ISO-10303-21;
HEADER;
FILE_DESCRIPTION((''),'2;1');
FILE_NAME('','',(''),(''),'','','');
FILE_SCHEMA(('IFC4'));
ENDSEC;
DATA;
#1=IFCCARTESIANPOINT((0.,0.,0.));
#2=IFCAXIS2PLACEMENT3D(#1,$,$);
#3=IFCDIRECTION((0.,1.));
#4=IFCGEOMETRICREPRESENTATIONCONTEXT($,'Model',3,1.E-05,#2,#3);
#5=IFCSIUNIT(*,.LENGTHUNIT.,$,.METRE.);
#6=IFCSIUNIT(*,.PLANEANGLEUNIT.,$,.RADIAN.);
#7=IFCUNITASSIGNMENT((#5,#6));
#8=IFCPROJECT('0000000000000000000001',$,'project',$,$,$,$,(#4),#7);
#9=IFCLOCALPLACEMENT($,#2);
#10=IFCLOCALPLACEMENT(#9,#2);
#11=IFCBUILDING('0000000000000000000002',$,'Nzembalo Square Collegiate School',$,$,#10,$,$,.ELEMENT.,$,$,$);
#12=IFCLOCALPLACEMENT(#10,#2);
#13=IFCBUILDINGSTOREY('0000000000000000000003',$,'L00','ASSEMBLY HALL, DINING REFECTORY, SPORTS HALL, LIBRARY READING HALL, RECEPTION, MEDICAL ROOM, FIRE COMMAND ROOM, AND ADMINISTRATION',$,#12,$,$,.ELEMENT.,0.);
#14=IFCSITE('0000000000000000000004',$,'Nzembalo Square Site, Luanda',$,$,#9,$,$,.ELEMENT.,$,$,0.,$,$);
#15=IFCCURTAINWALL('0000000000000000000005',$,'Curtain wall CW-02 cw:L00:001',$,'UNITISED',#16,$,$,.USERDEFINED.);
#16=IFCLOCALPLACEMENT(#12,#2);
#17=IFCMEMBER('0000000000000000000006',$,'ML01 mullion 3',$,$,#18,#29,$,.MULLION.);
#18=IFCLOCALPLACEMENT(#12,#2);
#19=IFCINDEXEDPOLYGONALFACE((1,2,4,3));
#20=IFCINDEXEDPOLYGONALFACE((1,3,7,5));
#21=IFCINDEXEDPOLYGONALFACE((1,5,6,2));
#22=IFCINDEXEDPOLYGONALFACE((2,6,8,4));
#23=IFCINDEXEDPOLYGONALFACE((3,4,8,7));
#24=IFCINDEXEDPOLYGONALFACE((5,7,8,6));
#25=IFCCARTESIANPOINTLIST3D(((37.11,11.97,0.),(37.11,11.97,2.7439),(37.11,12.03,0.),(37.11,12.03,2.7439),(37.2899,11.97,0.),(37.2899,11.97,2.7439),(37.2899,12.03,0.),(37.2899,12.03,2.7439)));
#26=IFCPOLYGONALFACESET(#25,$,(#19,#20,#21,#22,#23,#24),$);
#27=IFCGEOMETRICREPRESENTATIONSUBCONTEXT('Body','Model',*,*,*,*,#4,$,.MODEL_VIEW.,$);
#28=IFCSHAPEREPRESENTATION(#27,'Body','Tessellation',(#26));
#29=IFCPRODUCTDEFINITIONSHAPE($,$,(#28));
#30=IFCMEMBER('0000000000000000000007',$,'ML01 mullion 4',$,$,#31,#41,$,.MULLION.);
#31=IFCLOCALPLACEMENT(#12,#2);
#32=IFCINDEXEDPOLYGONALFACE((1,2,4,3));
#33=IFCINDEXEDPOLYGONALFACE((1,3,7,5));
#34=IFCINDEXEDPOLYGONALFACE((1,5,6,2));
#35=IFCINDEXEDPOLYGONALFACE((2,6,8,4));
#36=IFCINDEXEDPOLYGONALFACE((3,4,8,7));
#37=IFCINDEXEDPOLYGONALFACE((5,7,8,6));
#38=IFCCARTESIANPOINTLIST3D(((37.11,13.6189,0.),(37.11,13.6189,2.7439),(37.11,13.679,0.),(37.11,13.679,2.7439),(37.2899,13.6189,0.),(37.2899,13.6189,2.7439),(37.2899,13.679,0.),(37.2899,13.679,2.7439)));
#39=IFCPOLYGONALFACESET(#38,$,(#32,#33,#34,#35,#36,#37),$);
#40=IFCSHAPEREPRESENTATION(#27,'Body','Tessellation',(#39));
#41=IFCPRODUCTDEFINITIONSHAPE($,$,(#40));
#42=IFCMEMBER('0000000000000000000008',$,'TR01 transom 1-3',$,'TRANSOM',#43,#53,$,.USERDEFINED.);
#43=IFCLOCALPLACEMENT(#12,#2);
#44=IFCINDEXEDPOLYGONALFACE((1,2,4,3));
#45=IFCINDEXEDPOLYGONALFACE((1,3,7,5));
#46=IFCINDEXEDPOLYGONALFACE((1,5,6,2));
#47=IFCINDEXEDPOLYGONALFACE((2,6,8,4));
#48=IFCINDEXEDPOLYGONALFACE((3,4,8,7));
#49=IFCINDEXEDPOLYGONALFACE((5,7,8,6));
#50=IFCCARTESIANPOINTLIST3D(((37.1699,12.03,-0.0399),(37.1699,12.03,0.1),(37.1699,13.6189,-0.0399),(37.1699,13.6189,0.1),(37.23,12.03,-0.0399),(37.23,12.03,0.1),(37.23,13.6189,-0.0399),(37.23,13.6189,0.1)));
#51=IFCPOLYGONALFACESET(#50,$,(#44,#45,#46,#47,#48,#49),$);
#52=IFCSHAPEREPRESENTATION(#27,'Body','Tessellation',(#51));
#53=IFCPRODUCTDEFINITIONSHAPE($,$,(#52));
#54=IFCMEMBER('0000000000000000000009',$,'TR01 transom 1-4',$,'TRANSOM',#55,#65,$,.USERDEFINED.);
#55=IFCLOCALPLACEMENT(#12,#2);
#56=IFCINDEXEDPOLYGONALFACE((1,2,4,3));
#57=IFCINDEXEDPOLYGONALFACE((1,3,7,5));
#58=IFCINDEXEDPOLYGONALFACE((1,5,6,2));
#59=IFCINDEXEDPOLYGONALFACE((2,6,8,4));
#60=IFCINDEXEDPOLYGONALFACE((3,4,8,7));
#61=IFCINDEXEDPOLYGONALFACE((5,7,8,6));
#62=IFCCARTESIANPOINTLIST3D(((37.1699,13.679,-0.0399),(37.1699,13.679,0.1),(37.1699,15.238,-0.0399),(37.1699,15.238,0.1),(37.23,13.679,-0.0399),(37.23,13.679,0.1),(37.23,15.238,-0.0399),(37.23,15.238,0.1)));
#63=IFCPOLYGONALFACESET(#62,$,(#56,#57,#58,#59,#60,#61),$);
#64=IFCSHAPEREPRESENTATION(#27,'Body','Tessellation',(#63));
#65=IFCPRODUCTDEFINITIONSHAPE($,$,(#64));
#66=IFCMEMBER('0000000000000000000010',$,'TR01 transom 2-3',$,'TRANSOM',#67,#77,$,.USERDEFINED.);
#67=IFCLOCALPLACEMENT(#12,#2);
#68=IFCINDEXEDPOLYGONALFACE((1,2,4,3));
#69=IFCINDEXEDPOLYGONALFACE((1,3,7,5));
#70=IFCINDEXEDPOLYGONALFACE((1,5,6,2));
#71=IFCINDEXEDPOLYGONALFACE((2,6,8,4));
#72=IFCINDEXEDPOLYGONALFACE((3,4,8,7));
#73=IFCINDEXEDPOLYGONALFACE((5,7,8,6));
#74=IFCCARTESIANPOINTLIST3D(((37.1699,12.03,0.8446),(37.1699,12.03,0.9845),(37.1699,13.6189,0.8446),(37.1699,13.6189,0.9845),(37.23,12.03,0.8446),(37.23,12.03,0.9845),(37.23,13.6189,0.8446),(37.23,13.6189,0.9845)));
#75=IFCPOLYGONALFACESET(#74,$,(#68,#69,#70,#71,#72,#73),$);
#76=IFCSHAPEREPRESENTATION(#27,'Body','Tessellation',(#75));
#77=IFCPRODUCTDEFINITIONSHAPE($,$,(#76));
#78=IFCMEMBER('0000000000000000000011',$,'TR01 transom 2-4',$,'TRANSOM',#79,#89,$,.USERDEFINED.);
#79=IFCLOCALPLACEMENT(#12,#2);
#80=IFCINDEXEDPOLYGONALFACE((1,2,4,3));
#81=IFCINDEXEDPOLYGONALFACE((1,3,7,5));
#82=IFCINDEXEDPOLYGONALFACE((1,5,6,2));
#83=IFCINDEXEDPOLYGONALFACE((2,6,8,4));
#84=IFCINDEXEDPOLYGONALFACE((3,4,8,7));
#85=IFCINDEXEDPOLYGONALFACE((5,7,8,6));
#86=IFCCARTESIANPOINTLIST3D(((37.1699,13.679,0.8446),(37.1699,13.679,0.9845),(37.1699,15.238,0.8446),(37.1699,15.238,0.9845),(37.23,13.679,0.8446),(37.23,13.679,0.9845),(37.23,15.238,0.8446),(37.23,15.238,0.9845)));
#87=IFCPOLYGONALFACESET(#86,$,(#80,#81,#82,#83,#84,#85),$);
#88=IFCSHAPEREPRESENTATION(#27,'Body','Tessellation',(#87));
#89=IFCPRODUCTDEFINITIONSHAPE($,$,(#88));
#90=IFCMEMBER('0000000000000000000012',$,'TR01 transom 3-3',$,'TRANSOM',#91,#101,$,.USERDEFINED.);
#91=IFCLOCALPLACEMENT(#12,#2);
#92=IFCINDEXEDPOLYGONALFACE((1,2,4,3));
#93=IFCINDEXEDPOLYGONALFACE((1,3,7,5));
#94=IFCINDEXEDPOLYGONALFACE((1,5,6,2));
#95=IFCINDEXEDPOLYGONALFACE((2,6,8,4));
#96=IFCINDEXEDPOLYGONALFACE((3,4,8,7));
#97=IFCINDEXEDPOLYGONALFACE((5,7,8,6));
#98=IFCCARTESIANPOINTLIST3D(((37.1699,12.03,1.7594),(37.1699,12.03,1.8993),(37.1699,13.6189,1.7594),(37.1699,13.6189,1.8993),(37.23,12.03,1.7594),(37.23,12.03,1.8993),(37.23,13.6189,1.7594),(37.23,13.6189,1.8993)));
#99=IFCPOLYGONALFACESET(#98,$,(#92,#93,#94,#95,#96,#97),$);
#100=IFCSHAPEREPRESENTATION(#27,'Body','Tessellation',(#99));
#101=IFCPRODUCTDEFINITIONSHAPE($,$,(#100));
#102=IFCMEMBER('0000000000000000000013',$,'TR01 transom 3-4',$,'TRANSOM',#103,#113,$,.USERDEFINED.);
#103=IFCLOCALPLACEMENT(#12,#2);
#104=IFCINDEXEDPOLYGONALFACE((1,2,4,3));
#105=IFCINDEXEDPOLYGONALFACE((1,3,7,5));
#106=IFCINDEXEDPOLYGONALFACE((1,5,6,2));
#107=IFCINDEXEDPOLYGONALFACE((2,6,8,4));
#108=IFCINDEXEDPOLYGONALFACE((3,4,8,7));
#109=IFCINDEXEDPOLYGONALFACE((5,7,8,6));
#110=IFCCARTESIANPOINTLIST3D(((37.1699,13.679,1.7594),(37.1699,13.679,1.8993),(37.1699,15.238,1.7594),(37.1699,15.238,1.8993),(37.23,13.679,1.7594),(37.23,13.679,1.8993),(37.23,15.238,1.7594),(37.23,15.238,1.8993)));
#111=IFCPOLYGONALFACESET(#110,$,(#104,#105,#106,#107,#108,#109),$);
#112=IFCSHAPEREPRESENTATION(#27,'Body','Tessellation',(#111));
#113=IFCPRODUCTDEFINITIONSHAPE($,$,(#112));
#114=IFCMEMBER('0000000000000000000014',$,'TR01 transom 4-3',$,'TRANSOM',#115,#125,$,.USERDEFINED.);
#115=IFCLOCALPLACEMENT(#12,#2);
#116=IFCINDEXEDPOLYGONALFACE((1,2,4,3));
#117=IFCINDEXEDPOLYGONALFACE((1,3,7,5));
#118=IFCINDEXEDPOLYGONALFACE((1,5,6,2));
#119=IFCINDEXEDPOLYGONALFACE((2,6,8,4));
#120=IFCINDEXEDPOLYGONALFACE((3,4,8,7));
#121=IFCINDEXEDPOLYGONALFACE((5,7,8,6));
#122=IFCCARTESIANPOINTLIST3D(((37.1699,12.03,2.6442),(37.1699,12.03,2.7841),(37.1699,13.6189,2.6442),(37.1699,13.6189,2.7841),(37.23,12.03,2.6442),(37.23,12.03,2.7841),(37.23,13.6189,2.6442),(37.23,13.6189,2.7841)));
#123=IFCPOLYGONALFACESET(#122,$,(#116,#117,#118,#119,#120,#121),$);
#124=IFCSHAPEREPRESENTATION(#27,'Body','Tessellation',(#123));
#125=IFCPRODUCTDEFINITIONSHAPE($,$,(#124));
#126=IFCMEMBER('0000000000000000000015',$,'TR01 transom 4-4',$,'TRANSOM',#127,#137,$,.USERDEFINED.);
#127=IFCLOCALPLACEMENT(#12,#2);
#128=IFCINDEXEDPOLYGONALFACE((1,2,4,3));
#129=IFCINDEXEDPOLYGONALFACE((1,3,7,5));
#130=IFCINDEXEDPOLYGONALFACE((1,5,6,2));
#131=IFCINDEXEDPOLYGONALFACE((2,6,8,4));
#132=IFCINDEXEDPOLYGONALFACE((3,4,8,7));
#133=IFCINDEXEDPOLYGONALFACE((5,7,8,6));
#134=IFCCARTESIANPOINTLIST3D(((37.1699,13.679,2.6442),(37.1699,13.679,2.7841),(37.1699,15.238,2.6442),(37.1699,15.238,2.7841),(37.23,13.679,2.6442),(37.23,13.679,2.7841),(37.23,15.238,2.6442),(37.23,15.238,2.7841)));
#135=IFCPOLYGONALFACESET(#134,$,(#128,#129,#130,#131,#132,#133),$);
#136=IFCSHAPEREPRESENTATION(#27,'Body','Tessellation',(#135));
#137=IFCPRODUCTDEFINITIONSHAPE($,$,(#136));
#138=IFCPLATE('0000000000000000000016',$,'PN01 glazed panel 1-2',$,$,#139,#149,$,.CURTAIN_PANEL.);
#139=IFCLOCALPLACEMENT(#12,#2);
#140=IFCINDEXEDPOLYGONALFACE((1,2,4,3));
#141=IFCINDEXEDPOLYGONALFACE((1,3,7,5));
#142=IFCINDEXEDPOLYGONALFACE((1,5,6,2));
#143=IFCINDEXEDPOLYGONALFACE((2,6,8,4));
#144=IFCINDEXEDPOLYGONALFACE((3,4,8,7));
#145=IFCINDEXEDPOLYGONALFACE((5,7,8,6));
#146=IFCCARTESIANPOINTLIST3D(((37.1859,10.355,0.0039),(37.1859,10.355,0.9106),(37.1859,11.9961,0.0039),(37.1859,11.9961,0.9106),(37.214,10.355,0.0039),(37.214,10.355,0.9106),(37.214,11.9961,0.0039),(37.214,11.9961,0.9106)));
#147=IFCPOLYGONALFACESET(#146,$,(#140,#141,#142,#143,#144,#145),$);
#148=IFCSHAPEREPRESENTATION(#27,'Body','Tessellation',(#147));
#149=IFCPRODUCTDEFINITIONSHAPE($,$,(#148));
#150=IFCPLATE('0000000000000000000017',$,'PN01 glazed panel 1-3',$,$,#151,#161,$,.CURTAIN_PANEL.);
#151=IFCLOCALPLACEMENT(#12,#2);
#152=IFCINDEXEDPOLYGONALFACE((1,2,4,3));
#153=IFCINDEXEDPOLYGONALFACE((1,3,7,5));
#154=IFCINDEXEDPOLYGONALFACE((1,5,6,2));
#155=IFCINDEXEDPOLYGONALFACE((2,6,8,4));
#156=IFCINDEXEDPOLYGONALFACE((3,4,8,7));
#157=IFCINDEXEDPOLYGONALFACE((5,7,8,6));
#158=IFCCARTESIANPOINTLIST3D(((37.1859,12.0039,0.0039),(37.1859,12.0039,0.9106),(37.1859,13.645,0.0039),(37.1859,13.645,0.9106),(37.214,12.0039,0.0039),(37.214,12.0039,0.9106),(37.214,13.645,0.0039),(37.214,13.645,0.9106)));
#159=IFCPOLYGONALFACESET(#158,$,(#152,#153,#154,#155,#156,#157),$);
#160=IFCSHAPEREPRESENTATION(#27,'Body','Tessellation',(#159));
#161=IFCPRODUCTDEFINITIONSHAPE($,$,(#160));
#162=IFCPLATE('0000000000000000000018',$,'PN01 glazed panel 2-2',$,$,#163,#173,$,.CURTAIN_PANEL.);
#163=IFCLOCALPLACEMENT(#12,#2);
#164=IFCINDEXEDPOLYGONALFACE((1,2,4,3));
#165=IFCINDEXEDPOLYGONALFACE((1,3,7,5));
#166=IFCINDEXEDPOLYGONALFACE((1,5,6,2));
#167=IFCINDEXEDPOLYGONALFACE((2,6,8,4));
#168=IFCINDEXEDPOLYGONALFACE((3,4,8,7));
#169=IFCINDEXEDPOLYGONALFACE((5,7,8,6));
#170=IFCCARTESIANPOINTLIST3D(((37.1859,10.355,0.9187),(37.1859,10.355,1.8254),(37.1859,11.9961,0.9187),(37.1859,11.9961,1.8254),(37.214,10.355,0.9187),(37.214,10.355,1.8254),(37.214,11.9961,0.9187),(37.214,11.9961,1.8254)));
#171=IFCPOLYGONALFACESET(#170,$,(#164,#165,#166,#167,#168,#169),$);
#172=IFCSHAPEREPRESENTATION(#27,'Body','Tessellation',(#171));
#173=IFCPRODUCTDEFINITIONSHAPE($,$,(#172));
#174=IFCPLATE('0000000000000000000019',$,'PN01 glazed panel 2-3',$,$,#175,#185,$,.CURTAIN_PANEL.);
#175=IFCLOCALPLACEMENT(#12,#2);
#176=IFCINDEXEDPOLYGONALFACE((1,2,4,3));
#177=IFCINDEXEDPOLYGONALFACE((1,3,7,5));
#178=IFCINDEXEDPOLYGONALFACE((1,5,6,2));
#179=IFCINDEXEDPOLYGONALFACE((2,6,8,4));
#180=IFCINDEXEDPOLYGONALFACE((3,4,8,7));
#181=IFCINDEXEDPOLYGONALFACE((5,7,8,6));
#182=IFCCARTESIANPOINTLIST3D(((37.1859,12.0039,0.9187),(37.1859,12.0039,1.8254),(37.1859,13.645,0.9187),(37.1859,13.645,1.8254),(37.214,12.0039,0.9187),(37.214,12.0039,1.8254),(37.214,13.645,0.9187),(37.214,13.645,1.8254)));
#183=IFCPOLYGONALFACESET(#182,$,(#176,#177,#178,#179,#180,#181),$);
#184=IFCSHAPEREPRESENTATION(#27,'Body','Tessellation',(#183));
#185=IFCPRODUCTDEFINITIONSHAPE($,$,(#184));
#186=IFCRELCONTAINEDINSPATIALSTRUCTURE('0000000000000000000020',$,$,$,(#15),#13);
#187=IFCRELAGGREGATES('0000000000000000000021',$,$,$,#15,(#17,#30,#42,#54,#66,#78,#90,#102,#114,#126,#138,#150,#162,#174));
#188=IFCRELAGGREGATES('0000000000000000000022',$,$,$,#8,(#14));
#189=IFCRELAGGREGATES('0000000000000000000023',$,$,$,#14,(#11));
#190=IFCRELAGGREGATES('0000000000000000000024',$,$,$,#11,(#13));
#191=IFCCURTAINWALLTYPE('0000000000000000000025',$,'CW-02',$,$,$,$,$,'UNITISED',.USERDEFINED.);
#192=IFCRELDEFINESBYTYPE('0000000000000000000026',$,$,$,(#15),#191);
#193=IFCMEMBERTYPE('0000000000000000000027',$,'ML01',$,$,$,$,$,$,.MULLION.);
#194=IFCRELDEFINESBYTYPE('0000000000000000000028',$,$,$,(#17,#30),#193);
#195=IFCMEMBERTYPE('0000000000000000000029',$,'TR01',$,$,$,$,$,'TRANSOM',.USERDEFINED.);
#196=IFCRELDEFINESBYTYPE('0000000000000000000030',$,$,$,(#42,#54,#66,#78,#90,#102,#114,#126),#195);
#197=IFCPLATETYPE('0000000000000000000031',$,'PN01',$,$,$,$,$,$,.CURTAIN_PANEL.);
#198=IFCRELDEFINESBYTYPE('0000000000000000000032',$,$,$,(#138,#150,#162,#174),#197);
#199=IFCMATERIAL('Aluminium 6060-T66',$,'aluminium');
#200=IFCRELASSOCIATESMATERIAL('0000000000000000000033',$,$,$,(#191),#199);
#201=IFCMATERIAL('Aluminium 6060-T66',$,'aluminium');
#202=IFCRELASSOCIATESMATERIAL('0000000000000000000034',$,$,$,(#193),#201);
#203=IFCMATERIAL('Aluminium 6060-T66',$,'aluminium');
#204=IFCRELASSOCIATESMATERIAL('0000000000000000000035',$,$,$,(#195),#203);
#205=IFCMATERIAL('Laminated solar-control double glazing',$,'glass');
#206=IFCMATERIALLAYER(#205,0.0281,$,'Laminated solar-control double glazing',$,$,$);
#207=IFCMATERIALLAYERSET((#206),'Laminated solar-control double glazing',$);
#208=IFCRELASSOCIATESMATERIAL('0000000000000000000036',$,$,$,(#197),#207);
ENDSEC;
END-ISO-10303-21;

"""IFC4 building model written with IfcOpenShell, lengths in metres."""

from ifc_helpers import new_model, si_unit, direction, frame, origin, origin_2d, place, context, subcontext, project, spatial, rectangle, extrude, material, layer, layer_set, material_profile, profile_set, type_object, element, aggregate, save


model = new_model("IFC4")

# Units and contexts
model_context = context("Model", 3, precision=1e-05, world=origin(), true_north=direction((0.0, 1.0)))
body_context = subcontext(model_context, "Body", "Model", "MODEL_VIEW")
ifc_project = project(units=[si_unit("LENGTHUNIT", "METRE"), si_unit("PLANEANGLEUNIT", "RADIAN")], contexts=[model_context])

# Site, building, storey
site_placement = place(None, origin())
site = spatial("IfcSite", under=ifc_project, at=site_placement, Name="Nzembalo Square Site, Luanda", CompositionType="ELEMENT", RefElevation=0.0)
building_placement = place(site_placement, origin())
building = spatial("IfcBuilding", under=site, at=building_placement, Name="Nzembalo Square Collegiate School", CompositionType="ELEMENT")
storey_placement = place(building_placement, origin())
storey = spatial("IfcBuildingStorey", under=building, at=storey_placement, Name="L00", Description="ASSEMBLY HALL, DINING REFECTORY, SPORTS HALL, LIBRARY READING HALL, RECEPTION, MEDICAL ROOM, FIRE COMMAND ROOM, AND ADMINISTRATION", CompositionType="ELEMENT", Elevation=0.0)

# Curtain wall, members, plates
ifc_material_1 = material(Name="Aluminium 6060-T66", Category="aluminium")
curtain_wall_type = type_object("IfcCurtainWallType", Name="CW-02", ElementType="UNITISED", PredefinedType="USERDEFINED", material=ifc_material_1)
curtain_wall_placement = place(storey_placement, origin())
curtain_wall = element("IfcCurtainWall", 1, at=curtain_wall_placement, inside=storey, type_object=curtain_wall_type, Name="Curtain wall CW-02 cw:L00:001", ObjectType="UNITISED", PredefinedType="USERDEFINED")
ifc_material_2 = material(Name="Aluminium 6060-T66", Category="aluminium")
ifc_material_profile_1 = material_profile(ifc_material_2, rectangle(XDim=0.0601, YDim=0.1799, at=origin_2d()), Name="ALU M60x180")
ifc_profile_set_1 = profile_set([ifc_material_profile_1], Name="Aluminium 6060-T66")
member_type_1 = type_object("IfcMemberType", Name="ML01", PredefinedType="MULLION", material=ifc_profile_set_1)
member_1_placement = place(storey_placement, frame((37.2, 12.0, 0.0), z_axis=(0.0, 0.0, 1.0), x_axis=(0.0, 1.0, 0.0)))
member_1 = element("IfcMember", 2, at=member_1_placement, type_object=member_type_1, Name="ML01 mullion 3", PredefinedType="MULLION", context=body_context, shape_type="SweptSolid", body=[
    extrude(rectangle(XDim=0.0601, YDim=0.1799, at=origin_2d()), origin(), (0.0, 0.0, 1.0), 2.7439),
])
member_2_placement = place(storey_placement, frame((37.2, 13.6489, 0.0), z_axis=(0.0, 0.0, 1.0), x_axis=(0.0, 1.0, 0.0)))
member_2 = element("IfcMember", 3, at=member_2_placement, type_object=member_type_1, Name="ML01 mullion 4", PredefinedType="MULLION", context=body_context, shape_type="SweptSolid", body=[
    extrude(rectangle(XDim=0.0601, YDim=0.1799, at=origin_2d()), origin(), (0.0, 0.0, 1.0), 2.7439),
])
ifc_material_3 = material(Name="Aluminium 6060-T66", Category="aluminium")
ifc_material_profile_2 = material_profile(ifc_material_3, rectangle(XDim=0.0601, YDim=0.1399, at=origin_2d()), Name="ALU T60x140")
ifc_profile_set_2 = profile_set([ifc_material_profile_2], Name="Aluminium 6060-T66")
member_type_2 = type_object("IfcMemberType", Name="TR01", ElementType="TRANSOM", PredefinedType="USERDEFINED", material=ifc_profile_set_2)
member_3_placement = place(storey_placement, frame((37.2, 12.03, 0.03), z_axis=(0.0, 1.0, 0.0), x_axis=(-1.0, 0.0, 0.0)))
member_3 = element("IfcMember", 4, at=member_3_placement, type_object=member_type_2, Name="TR01 transom 1-3", ObjectType="TRANSOM", PredefinedType="USERDEFINED", context=body_context, shape_type="SweptSolid", body=[
    extrude(rectangle(XDim=0.0601, YDim=0.1399, at=origin_2d()), origin(), (0.0, 0.0, 1.0), 1.5889),
])
member_4_placement = place(storey_placement, frame((37.2, 13.679, 0.03), z_axis=(0.0, 1.0, 0.0), x_axis=(-1.0, 0.0, 0.0)))
member_4 = element("IfcMember", 5, at=member_4_placement, type_object=member_type_2, Name="TR01 transom 1-4", ObjectType="TRANSOM", PredefinedType="USERDEFINED", context=body_context, shape_type="SweptSolid", body=[
    extrude(rectangle(XDim=0.0601, YDim=0.1399, at=origin_2d()), origin(), (0.0, 0.0, 1.0), 1.5591),
])
member_5_placement = place(storey_placement, frame((37.2, 12.03, 0.9146), z_axis=(0.0, 1.0, 0.0), x_axis=(-1.0, 0.0, 0.0)))
member_5 = element("IfcMember", 6, at=member_5_placement, type_object=member_type_2, Name="TR01 transom 2-3", ObjectType="TRANSOM", PredefinedType="USERDEFINED", context=body_context, shape_type="SweptSolid", body=[
    extrude(rectangle(XDim=0.0601, YDim=0.1399, at=origin_2d()), origin(), (0.0, 0.0, 1.0), 1.5889),
])
member_6_placement = place(storey_placement, frame((37.2, 13.679, 0.9146), z_axis=(0.0, 1.0, 0.0), x_axis=(-1.0, 0.0, 0.0)))
member_6 = element("IfcMember", 7, at=member_6_placement, type_object=member_type_2, Name="TR01 transom 2-4", ObjectType="TRANSOM", PredefinedType="USERDEFINED", context=body_context, shape_type="SweptSolid", body=[
    extrude(rectangle(XDim=0.0601, YDim=0.1399, at=origin_2d()), origin(), (0.0, 0.0, 1.0), 1.5591),
])
member_7_placement = place(storey_placement, frame((37.2, 12.03, 1.8293), z_axis=(0.0, 1.0, 0.0), x_axis=(-1.0, 0.0, 0.0)))
member_7 = element("IfcMember", 8, at=member_7_placement, type_object=member_type_2, Name="TR01 transom 3-3", ObjectType="TRANSOM", PredefinedType="USERDEFINED", context=body_context, shape_type="SweptSolid", body=[
    extrude(rectangle(XDim=0.0601, YDim=0.1399, at=origin_2d()), origin(), (0.0, 0.0, 1.0), 1.5889),
])
member_8_placement = place(storey_placement, frame((37.2, 13.679, 1.8293), z_axis=(0.0, 1.0, 0.0), x_axis=(-1.0, 0.0, 0.0)))
member_8 = element("IfcMember", 9, at=member_8_placement, type_object=member_type_2, Name="TR01 transom 3-4", ObjectType="TRANSOM", PredefinedType="USERDEFINED", context=body_context, shape_type="SweptSolid", body=[
    extrude(rectangle(XDim=0.0601, YDim=0.1399, at=origin_2d()), origin(), (0.0, 0.0, 1.0), 1.5591),
])
member_9_placement = place(storey_placement, frame((37.2, 12.03, 2.7141), z_axis=(0.0, 1.0, 0.0), x_axis=(-1.0, 0.0, 0.0)))
member_9 = element("IfcMember", 10, at=member_9_placement, type_object=member_type_2, Name="TR01 transom 4-3", ObjectType="TRANSOM", PredefinedType="USERDEFINED", context=body_context, shape_type="SweptSolid", body=[
    extrude(rectangle(XDim=0.0601, YDim=0.1399, at=origin_2d()), origin(), (0.0, 0.0, 1.0), 1.5889),
])
member_10_placement = place(storey_placement, frame((37.2, 13.679, 2.7141), z_axis=(0.0, 1.0, 0.0), x_axis=(-1.0, 0.0, 0.0)))
member_10 = element("IfcMember", 11, at=member_10_placement, type_object=member_type_2, Name="TR01 transom 4-4", ObjectType="TRANSOM", PredefinedType="USERDEFINED", context=body_context, shape_type="SweptSolid", body=[
    extrude(rectangle(XDim=0.0601, YDim=0.1399, at=origin_2d()), origin(), (0.0, 0.0, 1.0), 1.5591),
])
ifc_material_4 = material(Name="Laminated solar-control double glazing", Category="glass")
ifc_layer_1 = layer(ifc_material_4, 0.0281, Name="Laminated solar-control double glazing")
ifc_layer_set_1 = layer_set([ifc_layer_1], Name="Laminated solar-control double glazing")
plate_type = type_object("IfcPlateType", Name="PN01", PredefinedType="CURTAIN_PANEL", material=ifc_layer_set_1)
plate_1_placement = place(storey_placement, frame((37.2, 11.1755, 0.0039), z_axis=(0.0, 0.0, 1.0), x_axis=(0.0, 1.0, 0.0)))
plate_1 = element("IfcPlate", 12, at=plate_1_placement, type_object=plate_type, Name="PN01 glazed panel 1-2", PredefinedType="CURTAIN_PANEL", context=body_context, shape_type="SweptSolid", body=[
    extrude(rectangle(XDim=1.6411, YDim=0.0281, at=origin_2d()), origin(), (0.0, 0.0, 1.0), 0.9067),
])
plate_2_placement = place(storey_placement, frame((37.2, 12.8245, 0.0039), z_axis=(0.0, 0.0, 1.0), x_axis=(0.0, 1.0, 0.0)))
plate_2 = element("IfcPlate", 13, at=plate_2_placement, type_object=plate_type, Name="PN01 glazed panel 1-3", PredefinedType="CURTAIN_PANEL", context=body_context, shape_type="SweptSolid", body=[
    extrude(rectangle(XDim=1.6411, YDim=0.0281, at=origin_2d()), origin(), (0.0, 0.0, 1.0), 0.9067),
])
plate_3_placement = place(storey_placement, frame((37.2, 11.1755, 0.9187), z_axis=(0.0, 0.0, 1.0), x_axis=(0.0, 1.0, 0.0)))
plate_3 = element("IfcPlate", 14, at=plate_3_placement, type_object=plate_type, Name="PN01 glazed panel 2-2", PredefinedType="CURTAIN_PANEL", context=body_context, shape_type="SweptSolid", body=[
    extrude(rectangle(XDim=1.6411, YDim=0.0281, at=origin_2d()), origin(), (0.0, 0.0, 1.0), 0.9067),
])
plate_4_placement = place(storey_placement, frame((37.2, 12.8245, 0.9187), z_axis=(0.0, 0.0, 1.0), x_axis=(0.0, 1.0, 0.0)))
plate_4 = element("IfcPlate", 15, at=plate_4_placement, type_object=plate_type, Name="PN01 glazed panel 2-3", PredefinedType="CURTAIN_PANEL", context=body_context, shape_type="SweptSolid", body=[
    extrude(rectangle(XDim=1.6411, YDim=0.0281, at=origin_2d()), origin(), (0.0, 0.0, 1.0), 0.9067),
])
aggregate(curtain_wall, [member_1, member_2, member_3, member_4, member_5, member_6, member_7, member_8, member_9, member_10, plate_1, plate_2, plate_3, plate_4])

save(model, "model.ifc")
